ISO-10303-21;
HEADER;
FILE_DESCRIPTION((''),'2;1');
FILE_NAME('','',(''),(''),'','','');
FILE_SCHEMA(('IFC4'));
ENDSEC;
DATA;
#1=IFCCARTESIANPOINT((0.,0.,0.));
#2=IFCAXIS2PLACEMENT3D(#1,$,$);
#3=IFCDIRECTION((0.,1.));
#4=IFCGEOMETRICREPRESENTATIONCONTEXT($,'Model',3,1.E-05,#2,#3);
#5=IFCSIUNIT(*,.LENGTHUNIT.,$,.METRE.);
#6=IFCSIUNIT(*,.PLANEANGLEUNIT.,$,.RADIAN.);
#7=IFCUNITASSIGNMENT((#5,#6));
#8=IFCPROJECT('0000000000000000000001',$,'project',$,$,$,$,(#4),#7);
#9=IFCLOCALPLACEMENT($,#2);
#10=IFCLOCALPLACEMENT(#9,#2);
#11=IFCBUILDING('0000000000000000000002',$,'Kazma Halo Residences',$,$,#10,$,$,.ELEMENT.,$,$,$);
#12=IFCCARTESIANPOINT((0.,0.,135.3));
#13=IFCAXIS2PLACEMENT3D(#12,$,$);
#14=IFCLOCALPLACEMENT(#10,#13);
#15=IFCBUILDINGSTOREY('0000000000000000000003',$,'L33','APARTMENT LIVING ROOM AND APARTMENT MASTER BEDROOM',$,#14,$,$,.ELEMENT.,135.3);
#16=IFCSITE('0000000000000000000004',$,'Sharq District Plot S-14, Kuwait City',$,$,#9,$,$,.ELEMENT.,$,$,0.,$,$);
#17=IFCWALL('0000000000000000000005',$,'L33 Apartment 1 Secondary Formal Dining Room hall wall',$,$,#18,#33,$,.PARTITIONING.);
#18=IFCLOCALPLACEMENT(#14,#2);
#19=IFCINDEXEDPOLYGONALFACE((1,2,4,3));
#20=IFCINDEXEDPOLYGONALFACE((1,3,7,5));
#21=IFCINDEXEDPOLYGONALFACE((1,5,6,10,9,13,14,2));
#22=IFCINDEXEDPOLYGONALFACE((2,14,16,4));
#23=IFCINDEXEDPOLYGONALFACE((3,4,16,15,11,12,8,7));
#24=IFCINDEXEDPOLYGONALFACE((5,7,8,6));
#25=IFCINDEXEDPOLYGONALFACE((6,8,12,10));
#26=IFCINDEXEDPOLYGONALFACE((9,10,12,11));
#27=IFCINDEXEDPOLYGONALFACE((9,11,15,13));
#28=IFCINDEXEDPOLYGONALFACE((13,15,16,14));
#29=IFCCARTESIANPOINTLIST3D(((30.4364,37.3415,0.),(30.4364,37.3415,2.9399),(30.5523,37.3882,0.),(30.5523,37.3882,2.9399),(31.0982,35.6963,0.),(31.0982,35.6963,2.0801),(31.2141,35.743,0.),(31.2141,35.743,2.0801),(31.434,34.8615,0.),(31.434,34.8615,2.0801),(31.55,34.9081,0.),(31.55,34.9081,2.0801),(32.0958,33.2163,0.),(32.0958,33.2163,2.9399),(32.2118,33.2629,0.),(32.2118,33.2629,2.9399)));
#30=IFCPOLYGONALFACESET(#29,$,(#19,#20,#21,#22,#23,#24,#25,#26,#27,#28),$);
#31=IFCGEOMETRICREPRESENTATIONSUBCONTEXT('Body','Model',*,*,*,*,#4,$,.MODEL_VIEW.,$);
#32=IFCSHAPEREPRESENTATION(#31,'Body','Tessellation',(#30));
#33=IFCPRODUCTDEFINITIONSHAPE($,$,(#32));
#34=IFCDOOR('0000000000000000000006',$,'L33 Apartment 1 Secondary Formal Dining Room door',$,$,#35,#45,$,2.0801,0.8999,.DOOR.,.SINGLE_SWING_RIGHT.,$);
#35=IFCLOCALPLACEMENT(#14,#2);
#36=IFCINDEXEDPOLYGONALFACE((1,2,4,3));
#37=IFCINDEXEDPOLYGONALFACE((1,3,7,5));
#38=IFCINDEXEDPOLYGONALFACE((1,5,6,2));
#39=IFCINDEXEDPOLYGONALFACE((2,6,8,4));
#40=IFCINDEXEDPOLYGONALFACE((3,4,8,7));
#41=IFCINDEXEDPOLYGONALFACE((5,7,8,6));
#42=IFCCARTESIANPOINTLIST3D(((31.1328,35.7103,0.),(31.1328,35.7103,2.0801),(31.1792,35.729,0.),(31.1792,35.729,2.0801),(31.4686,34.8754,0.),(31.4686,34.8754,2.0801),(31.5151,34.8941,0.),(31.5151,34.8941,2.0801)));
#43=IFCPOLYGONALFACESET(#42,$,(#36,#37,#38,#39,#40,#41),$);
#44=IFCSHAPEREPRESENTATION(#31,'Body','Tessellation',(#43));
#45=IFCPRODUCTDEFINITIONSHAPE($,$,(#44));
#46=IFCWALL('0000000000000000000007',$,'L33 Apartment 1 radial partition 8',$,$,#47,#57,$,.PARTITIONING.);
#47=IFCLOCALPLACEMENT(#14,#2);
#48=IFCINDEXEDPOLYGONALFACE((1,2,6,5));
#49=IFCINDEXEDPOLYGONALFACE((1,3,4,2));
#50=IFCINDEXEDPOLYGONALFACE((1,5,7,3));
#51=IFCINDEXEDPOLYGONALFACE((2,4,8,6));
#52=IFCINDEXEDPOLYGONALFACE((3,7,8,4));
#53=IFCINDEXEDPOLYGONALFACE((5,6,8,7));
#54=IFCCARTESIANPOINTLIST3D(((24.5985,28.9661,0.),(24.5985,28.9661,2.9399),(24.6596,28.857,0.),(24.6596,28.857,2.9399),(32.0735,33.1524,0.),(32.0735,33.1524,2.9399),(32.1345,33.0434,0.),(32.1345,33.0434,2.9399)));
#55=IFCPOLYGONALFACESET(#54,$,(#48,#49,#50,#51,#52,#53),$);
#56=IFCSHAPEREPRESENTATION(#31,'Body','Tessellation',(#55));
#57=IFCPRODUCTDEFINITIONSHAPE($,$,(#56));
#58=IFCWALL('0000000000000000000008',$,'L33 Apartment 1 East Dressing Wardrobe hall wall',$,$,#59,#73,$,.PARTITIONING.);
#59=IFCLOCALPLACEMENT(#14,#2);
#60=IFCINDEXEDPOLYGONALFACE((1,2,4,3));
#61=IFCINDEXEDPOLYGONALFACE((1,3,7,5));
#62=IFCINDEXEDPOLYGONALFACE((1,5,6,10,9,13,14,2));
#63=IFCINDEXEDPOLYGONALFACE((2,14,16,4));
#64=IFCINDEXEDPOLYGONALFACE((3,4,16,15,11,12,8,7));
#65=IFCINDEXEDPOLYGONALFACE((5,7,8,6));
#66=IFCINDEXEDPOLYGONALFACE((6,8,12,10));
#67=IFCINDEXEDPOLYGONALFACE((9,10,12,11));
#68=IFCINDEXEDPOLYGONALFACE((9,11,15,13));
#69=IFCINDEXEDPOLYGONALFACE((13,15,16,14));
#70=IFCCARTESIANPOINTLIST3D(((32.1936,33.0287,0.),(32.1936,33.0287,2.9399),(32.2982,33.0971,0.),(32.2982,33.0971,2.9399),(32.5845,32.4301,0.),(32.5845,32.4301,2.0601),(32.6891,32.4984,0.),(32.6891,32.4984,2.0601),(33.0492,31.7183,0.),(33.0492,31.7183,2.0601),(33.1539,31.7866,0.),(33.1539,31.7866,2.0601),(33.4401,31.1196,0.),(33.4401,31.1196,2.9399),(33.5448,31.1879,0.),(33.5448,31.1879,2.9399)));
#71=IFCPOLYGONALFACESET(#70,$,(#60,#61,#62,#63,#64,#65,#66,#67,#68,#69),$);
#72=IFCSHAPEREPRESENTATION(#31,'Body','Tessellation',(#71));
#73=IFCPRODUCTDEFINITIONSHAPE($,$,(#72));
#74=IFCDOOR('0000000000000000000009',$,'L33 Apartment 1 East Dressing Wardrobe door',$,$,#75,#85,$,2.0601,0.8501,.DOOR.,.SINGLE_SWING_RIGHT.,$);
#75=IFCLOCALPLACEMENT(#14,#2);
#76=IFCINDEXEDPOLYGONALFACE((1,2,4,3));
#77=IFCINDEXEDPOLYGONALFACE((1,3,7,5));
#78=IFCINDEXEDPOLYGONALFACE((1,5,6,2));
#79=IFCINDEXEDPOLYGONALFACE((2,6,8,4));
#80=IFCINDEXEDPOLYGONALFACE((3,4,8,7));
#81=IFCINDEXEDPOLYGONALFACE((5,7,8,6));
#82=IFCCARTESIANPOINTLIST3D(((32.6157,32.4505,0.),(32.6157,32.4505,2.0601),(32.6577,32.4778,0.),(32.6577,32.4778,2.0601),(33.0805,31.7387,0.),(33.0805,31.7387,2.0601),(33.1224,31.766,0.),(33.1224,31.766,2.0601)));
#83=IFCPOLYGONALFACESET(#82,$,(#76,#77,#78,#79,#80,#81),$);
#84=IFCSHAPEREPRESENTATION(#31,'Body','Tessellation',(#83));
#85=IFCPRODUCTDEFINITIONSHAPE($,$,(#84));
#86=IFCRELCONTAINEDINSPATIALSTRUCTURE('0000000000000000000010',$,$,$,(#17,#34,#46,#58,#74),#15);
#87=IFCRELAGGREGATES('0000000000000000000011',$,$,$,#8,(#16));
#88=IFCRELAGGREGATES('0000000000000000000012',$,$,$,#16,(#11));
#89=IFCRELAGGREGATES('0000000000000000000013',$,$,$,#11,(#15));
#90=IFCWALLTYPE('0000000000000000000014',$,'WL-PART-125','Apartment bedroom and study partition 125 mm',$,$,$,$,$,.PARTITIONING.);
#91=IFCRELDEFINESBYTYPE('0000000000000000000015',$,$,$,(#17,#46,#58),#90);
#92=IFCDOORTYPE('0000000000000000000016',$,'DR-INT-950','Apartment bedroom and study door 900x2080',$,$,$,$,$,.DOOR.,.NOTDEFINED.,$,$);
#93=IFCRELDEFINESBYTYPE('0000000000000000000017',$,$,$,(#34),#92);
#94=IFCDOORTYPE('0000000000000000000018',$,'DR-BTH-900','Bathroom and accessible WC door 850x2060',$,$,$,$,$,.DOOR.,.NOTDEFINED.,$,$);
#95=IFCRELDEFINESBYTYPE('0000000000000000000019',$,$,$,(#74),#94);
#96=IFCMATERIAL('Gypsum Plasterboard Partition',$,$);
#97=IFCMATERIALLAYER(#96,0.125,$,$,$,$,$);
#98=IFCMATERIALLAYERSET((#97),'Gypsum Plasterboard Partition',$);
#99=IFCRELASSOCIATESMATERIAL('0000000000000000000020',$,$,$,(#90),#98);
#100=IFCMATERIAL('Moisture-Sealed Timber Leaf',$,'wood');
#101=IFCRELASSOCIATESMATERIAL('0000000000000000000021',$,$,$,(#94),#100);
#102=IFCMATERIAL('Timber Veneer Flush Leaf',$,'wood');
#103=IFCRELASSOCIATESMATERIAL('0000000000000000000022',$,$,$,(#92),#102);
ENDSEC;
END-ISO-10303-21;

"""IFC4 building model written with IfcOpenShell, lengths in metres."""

from ifc_helpers import new_model, si_unit, direction, frame, frame_2d, origin, place, context, subcontext, project, spatial, rectangle, extrude, material, layer, layer_set, type_object, element, fill, save


model = new_model("IFC4")

# Units and contexts
model_context = context("Model", 3, precision=1e-05, world=origin(), true_north=direction((0.0, 1.0)))
body_context = subcontext(model_context, "Body", "Model", "MODEL_VIEW")
ifc_project = project(units=[si_unit("LENGTHUNIT", "METRE"), si_unit("PLANEANGLEUNIT", "RADIAN")], contexts=[model_context])

# Site, building, storey
site_placement = place(None, origin())
site = spatial("IfcSite", under=ifc_project, at=site_placement, Name="Sharq District Plot S-14, Kuwait City", CompositionType="ELEMENT", RefElevation=0.0)
building_placement = place(site_placement, origin())
building = spatial("IfcBuilding", under=site, at=building_placement, Name="Kazma Halo Residences", CompositionType="ELEMENT")
storey_placement = place(building_placement, frame((0.0, 0.0, 135.3)))
storey = spatial("IfcBuildingStorey", under=building, at=storey_placement, Name="L33", Description="APARTMENT LIVING ROOM AND APARTMENT MASTER BEDROOM", CompositionType="ELEMENT", Elevation=135.3)

# Shared definitions
ifc_material_1 = material(Name="Gypsum Plasterboard Partition")
ifc_layer_1 = layer(ifc_material_1, 0.125)
ifc_layer_set_1 = layer_set([ifc_layer_1], Name="Gypsum Plasterboard Partition")
wall_type_1 = type_object("IfcWallType", Name="WL-PART-125", Description="Apartment bedroom and study partition 125 mm", PredefinedType="PARTITIONING", material=ifc_layer_set_1)

# Wall, opening, door
ifc_material_2 = material(Name="Moisture-Sealed Timber Leaf", Category="wood")
door_type_1 = type_object("IfcDoorType", Name="DR-BTH-900", Description="Bathroom and accessible WC door 850x2060", OperationType="NOTDEFINED", PredefinedType="DOOR", material=ifc_material_2)
wall_1_placement = place(storey_placement, frame((30.4944, 37.3647, 0.0), z_axis=(0.0, 0.0, 1.0), x_axis=(0.373198, -0.927752, 0.0)))
wall_1 = element("IfcWall", 1, at=wall_1_placement, inside=storey, type_object=wall_type_1, Name="L33 Apartment 1 Secondary Formal Dining Room hall wall", PredefinedType="PARTITIONING", context=body_context, shape_type="SweptSolid", body=[
    extrude(rectangle(XDim=4.4465, YDim=0.125, at=frame_2d((2.2231, 0.0))), origin(), (0.0, 0.0, 1.0), 2.9399),
])
opening_1_placement = place(wall_1_placement, frame((1.7732, 0.0, 0.0)))
opening_1 = element("IfcOpeningElement", 2, at=opening_1_placement, cuts=wall_1, PredefinedType="OPENING", context=body_context, shape_type="SweptSolid", body=[
    extrude(rectangle(XDim=0.8999, YDim=2.0801, at=frame_2d((0.45, 1.04))), frame((0.0, 0.0725, 0.0), z_axis=(0.0, -1.0, 0.0), x_axis=(1.0, 0.0, 0.0)), (0.0, 0.0, 1.0), 0.145),
])
ifc_material_3 = material(Name="Timber Veneer Flush Leaf", Category="wood")
door_type_2 = type_object("IfcDoorType", Name="DR-INT-950", Description="Apartment bedroom and study door 900x2080", OperationType="NOTDEFINED", PredefinedType="DOOR", material=ifc_material_3)
door_1_placement = place(opening_1_placement, origin())
door_1 = element("IfcDoor", 3, at=door_1_placement, inside=storey, type_object=door_type_2, Name="L33 Apartment 1 Secondary Formal Dining Room door", OperationType="SINGLE_SWING_RIGHT", OverallHeight=2.0801, OverallWidth=0.8999, PredefinedType="DOOR", context=body_context, shape_type="SweptSolid", body=[
    extrude(rectangle(XDim=0.8999, YDim=2.0801, at=frame_2d((0.45, 1.04))), frame((0.0, 0.0249, 0.0), z_axis=(0.0, -1.0, 0.0), x_axis=(1.0, 0.0, 0.0)), (0.0, 0.0, 1.0), 0.05),
])
fill(opening_1, door_1)

# Wall
wall_2_placement = place(storey_placement, frame((32.104, 33.0979, 0.0), z_axis=(0.0, 0.0, 1.0), x_axis=(-0.872488, -0.488635, 0.0)))
element("IfcWall", 4, at=wall_2_placement, inside=storey, type_object=wall_type_1, Name="L33 Apartment 1 radial partition 8", PredefinedType="PARTITIONING", context=body_context, shape_type="SweptSolid", body=[
    extrude(rectangle(XDim=8.5674, YDim=0.125, at=frame_2d((4.2837, 0.0))), origin(), (0.0, 0.0, 1.0), 2.9399),
])

# Wall, opening, door
wall_3_placement = place(storey_placement, frame((32.2458, 33.063, 0.0), z_axis=(0.0, 0.0, 1.0), x_axis=(0.546718, -0.837317, 0.0)))
wall_3 = element("IfcWall", 5, at=wall_3_placement, inside=storey, type_object=wall_type_1, Name="L33 Apartment 1 East Dressing Wardrobe hall wall", PredefinedType="PARTITIONING", context=body_context, shape_type="SweptSolid", body=[
    extrude(rectangle(XDim=2.28, YDim=0.125, at=frame_2d((1.1401, 0.0))), origin(), (0.0, 0.0, 1.0), 2.9399),
])
opening_2_placement = place(wall_3_placement, frame((0.7151, 0.0, 0.0)))
opening_2 = element("IfcOpeningElement", 6, at=opening_2_placement, cuts=wall_3, PredefinedType="OPENING", context=body_context, shape_type="SweptSolid", body=[
    extrude(rectangle(XDim=0.8501, YDim=2.0601, at=frame_2d((0.425, 1.03))), frame((0.0, 0.0725, 0.0), z_axis=(0.0, -1.0, 0.0), x_axis=(1.0, 0.0, 0.0)), (0.0, 0.0, 1.0), 0.145),
])
door_2_placement = place(opening_2_placement, origin())
door_2 = element("IfcDoor", 7, at=door_2_placement, inside=storey, type_object=door_type_1, Name="L33 Apartment 1 East Dressing Wardrobe door", OperationType="SINGLE_SWING_RIGHT", OverallHeight=2.0601, OverallWidth=0.8501, PredefinedType="DOOR", context=body_context, shape_type="SweptSolid", body=[
    extrude(rectangle(XDim=0.8501, YDim=2.0601, at=frame_2d((0.425, 1.03))), frame((0.0, 0.0249, 0.0), z_axis=(0.0, -1.0, 0.0), x_axis=(1.0, 0.0, 0.0)), (0.0, 0.0, 1.0), 0.05),
])
fill(opening_2, door_2)

save(model, "model.ifc")
